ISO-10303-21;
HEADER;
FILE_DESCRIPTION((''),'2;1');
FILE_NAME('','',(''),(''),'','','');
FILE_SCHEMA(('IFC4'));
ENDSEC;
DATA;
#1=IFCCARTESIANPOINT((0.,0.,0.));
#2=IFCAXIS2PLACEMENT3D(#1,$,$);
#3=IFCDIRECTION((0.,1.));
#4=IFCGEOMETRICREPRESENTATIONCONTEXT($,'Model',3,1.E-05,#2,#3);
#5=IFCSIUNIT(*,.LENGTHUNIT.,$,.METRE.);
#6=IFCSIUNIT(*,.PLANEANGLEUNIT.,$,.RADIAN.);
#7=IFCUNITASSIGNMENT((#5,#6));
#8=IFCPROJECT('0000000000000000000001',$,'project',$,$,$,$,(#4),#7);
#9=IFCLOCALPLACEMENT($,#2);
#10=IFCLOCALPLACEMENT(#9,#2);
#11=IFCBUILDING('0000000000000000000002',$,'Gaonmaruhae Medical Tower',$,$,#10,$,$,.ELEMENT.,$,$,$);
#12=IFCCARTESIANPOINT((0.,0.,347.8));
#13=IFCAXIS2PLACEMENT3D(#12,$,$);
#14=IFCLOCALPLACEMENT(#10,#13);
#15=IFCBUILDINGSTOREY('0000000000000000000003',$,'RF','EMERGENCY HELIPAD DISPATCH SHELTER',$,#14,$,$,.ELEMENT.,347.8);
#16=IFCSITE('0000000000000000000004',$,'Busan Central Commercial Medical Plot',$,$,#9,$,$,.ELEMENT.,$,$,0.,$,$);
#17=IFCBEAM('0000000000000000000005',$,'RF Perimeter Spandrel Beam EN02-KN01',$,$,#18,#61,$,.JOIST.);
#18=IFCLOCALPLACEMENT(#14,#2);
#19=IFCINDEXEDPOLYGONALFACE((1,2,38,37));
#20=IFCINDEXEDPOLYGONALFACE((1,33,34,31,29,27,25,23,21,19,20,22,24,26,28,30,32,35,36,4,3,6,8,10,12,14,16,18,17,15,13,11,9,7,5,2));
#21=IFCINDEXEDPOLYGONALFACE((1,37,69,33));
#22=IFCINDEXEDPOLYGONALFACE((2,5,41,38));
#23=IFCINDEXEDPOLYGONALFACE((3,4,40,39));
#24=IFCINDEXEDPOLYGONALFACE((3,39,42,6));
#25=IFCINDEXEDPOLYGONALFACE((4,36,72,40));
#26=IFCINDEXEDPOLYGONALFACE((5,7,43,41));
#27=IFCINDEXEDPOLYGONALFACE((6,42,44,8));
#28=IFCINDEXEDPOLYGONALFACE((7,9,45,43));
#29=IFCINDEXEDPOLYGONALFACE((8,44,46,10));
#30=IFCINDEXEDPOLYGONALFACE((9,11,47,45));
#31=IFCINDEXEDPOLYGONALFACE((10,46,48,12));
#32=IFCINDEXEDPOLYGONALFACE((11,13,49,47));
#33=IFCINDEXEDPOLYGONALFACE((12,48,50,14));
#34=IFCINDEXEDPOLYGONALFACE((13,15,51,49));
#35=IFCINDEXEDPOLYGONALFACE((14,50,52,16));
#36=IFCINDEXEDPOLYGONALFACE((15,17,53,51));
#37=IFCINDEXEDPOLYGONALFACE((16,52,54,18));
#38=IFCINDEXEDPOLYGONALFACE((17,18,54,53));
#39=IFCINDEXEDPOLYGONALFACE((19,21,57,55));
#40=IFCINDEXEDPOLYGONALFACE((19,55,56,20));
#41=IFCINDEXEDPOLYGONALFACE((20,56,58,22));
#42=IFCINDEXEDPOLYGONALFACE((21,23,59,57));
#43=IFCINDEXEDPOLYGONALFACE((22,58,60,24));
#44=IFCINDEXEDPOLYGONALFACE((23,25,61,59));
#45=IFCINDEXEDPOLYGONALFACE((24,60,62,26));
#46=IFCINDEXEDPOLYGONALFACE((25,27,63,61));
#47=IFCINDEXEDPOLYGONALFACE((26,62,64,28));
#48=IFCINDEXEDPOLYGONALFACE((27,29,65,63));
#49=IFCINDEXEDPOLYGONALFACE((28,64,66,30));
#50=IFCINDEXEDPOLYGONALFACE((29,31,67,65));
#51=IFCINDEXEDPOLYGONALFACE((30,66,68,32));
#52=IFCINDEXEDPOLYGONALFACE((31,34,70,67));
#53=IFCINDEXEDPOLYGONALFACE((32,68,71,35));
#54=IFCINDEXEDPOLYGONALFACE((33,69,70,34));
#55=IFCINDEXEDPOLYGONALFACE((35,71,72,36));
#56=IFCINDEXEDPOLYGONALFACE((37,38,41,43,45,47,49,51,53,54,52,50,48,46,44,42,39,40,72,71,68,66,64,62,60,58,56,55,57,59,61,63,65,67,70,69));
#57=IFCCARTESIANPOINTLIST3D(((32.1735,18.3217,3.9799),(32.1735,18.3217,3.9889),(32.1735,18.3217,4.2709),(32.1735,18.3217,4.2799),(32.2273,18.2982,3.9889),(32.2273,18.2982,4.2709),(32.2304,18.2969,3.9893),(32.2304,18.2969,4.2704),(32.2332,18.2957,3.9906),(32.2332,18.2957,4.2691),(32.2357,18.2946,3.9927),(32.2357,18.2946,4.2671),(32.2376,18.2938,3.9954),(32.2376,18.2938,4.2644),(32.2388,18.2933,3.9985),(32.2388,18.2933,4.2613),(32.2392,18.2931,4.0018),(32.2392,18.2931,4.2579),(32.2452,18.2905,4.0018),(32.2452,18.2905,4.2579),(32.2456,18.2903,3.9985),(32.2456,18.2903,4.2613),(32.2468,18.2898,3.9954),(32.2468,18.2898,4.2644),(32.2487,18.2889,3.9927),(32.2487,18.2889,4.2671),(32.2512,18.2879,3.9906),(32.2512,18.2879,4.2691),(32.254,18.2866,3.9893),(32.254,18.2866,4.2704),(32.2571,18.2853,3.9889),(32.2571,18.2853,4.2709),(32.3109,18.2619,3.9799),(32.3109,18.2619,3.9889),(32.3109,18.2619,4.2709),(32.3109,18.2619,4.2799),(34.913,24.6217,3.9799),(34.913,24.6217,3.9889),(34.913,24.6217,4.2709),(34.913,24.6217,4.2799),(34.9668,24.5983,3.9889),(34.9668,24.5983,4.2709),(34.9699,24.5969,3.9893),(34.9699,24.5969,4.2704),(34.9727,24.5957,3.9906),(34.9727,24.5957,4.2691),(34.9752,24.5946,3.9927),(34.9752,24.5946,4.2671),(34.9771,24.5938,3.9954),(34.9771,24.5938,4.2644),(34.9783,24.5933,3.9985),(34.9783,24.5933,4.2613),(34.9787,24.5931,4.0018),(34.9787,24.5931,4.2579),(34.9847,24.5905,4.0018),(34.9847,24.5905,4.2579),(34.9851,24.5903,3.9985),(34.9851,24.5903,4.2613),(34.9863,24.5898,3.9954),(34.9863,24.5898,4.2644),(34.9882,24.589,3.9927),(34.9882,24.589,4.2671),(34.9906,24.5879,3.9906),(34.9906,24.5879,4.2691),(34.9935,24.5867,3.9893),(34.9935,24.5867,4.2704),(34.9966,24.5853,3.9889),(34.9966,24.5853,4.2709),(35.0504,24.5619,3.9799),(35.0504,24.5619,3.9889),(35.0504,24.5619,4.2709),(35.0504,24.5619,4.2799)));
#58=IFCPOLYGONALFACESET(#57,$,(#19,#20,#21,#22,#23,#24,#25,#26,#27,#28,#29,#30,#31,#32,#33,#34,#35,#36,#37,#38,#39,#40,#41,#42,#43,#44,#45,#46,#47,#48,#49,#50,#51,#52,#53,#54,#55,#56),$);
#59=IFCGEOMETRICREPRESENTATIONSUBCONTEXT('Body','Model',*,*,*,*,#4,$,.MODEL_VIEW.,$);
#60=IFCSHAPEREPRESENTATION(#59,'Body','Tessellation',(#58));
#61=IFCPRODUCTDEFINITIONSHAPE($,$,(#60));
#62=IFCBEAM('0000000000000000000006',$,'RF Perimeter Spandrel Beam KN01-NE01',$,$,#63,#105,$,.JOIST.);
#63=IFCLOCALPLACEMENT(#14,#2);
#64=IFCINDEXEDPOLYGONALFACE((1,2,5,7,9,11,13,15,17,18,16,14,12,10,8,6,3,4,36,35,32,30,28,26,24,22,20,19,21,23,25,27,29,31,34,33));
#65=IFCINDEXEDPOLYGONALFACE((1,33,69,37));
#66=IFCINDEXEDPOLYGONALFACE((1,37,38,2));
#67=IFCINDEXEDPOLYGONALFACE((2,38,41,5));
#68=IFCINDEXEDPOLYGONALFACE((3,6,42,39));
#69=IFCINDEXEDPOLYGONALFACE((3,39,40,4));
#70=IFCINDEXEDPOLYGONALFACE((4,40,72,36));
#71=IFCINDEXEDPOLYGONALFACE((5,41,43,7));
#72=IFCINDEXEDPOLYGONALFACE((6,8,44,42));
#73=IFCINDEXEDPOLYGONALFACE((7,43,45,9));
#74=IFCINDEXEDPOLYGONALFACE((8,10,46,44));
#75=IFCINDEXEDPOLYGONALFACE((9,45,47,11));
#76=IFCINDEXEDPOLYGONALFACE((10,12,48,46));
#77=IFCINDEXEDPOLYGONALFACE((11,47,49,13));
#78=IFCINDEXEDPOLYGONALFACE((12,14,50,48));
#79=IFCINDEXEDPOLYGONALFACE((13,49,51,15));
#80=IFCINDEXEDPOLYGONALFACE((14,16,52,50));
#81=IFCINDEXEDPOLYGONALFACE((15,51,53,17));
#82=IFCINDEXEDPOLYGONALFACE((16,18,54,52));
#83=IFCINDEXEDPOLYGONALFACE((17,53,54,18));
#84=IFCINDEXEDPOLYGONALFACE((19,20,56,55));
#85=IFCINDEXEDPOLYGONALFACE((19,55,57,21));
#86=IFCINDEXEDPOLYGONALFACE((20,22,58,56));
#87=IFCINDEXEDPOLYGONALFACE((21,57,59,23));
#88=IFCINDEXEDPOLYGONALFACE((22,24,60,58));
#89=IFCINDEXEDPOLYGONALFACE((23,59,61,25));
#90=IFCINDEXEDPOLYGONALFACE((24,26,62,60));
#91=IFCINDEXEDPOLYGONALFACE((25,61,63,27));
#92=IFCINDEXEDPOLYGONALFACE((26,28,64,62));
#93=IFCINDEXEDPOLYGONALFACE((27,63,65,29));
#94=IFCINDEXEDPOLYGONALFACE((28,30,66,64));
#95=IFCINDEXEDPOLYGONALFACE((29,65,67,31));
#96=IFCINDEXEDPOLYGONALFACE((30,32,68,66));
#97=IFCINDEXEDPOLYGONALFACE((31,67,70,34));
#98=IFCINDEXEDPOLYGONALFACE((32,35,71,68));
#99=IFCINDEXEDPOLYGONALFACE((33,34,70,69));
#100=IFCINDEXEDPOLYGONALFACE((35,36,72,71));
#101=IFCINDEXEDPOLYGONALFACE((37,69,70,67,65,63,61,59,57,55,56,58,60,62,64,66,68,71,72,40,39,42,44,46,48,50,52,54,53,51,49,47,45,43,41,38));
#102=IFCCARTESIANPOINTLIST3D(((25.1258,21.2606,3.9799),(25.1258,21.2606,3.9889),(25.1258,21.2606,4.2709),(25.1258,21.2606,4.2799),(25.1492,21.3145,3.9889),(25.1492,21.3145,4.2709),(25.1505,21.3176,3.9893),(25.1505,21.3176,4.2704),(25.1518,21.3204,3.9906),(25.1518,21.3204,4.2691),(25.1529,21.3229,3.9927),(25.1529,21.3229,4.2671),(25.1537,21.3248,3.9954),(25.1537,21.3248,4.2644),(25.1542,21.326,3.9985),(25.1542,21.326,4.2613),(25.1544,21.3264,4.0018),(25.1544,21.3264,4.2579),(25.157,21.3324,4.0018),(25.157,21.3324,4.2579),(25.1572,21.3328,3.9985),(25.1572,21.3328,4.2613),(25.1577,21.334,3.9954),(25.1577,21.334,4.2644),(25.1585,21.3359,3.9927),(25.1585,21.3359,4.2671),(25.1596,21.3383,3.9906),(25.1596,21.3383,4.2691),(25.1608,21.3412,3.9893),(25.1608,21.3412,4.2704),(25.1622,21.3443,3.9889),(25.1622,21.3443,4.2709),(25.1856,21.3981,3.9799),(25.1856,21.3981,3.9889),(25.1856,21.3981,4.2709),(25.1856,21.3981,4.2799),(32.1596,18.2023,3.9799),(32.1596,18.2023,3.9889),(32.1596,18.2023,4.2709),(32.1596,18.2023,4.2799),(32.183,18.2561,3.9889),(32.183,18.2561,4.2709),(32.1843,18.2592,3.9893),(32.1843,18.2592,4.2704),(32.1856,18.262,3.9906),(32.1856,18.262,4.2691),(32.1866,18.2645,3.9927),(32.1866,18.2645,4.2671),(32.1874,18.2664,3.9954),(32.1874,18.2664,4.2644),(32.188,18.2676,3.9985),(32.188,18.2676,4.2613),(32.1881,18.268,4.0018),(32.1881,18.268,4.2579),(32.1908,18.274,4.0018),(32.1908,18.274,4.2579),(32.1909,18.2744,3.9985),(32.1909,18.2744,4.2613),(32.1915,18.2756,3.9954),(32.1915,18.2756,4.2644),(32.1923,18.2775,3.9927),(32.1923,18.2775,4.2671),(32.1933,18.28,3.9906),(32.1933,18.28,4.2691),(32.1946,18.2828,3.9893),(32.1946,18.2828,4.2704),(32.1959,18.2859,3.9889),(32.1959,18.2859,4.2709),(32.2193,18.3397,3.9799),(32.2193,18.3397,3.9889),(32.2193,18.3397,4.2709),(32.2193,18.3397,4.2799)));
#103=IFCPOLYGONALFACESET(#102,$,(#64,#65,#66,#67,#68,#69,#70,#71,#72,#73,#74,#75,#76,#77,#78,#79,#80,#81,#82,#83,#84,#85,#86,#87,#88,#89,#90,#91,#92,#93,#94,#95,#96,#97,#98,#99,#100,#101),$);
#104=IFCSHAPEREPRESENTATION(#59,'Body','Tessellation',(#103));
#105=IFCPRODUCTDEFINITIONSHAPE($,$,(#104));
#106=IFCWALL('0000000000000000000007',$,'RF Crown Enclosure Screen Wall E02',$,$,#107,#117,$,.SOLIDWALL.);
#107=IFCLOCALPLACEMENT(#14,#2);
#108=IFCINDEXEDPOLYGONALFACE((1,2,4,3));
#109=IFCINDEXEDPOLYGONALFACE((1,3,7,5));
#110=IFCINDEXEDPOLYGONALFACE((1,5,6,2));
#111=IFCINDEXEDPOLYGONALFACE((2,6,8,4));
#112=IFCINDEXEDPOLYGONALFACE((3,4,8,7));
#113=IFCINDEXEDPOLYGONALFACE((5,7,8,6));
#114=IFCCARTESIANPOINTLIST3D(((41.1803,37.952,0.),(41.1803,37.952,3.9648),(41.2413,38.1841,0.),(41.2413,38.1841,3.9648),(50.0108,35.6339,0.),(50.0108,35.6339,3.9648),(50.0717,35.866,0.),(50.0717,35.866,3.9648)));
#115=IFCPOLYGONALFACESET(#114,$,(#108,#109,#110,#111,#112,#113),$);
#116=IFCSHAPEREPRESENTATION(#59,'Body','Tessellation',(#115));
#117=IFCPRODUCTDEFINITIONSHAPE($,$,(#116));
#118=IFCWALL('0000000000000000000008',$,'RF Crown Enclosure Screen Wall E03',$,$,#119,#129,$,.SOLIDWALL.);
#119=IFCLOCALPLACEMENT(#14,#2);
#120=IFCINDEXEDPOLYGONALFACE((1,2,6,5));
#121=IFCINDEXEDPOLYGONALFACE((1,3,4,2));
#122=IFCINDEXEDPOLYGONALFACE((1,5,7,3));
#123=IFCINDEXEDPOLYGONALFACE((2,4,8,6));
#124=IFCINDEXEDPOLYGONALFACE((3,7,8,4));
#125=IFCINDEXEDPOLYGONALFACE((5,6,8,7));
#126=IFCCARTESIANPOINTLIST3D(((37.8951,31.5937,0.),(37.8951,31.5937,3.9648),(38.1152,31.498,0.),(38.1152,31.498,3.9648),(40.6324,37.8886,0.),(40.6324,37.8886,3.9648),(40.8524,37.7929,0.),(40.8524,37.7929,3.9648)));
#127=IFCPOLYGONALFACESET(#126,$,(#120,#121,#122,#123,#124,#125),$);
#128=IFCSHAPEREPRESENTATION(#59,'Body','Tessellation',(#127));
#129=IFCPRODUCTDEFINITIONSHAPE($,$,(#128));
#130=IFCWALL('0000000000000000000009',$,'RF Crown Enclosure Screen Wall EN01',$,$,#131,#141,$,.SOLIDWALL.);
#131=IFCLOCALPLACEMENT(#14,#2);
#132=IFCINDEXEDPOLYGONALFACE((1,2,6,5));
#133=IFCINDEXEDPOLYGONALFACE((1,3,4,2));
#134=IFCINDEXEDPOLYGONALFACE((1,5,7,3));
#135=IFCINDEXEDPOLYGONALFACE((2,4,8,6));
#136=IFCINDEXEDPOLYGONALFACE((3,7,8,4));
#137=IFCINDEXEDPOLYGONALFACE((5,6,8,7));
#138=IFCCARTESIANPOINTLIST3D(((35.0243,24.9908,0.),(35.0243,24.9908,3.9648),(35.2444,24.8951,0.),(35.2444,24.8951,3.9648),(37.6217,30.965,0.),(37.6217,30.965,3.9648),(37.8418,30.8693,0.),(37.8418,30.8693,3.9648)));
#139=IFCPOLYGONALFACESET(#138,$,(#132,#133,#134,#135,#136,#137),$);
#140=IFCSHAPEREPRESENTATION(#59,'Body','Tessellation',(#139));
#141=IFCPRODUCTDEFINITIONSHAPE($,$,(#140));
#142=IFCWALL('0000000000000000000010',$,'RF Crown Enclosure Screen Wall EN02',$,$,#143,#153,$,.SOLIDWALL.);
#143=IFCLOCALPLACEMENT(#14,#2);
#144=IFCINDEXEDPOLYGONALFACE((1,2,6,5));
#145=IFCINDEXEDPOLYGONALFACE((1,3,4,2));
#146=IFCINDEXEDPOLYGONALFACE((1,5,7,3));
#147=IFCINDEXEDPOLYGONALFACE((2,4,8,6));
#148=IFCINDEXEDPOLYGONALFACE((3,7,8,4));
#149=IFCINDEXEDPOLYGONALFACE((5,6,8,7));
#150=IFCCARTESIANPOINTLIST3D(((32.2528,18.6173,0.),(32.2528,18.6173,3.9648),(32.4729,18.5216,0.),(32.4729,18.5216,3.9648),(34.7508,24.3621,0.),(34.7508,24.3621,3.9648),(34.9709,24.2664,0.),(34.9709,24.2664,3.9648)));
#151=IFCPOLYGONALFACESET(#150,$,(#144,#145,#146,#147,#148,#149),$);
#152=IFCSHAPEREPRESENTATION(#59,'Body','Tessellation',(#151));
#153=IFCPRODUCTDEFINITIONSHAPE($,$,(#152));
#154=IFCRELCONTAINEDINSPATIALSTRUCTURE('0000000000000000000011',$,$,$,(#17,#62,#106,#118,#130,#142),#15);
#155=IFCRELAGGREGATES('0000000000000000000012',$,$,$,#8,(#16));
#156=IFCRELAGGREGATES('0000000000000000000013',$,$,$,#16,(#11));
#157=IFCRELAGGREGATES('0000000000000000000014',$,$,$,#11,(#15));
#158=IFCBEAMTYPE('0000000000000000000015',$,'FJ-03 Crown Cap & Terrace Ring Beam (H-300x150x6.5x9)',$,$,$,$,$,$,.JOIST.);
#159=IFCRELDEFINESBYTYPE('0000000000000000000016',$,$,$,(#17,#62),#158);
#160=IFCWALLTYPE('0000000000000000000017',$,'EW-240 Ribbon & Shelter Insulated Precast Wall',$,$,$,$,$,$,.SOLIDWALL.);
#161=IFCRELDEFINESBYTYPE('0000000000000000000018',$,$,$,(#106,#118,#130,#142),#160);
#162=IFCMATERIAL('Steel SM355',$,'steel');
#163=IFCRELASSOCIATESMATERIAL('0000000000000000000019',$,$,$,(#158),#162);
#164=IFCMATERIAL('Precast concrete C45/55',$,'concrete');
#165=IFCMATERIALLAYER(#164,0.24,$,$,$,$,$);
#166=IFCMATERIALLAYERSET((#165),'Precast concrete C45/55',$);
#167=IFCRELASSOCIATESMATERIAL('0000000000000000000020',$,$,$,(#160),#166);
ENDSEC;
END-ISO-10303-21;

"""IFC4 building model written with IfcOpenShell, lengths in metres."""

from ifc_helpers import new_model, si_unit, direction, frame, frame_2d, origin, origin_2d, place, context, subcontext, project, spatial, rectangle, i_section, extrude, material, layer, layer_set, material_profile, profile_set, type_object, element, save


model = new_model("IFC4")

# Units and contexts
model_context = context("Model", 3, precision=1e-05, world=origin(), true_north=direction((0.0, 1.0)))
body_context = subcontext(model_context, "Body", "Model", "MODEL_VIEW")
ifc_project = project(units=[si_unit("LENGTHUNIT", "METRE"), si_unit("PLANEANGLEUNIT", "RADIAN")], contexts=[model_context])

# Site, building, storey
site_placement = place(None, origin())
site = spatial("IfcSite", under=ifc_project, at=site_placement, Name="Busan Central Commercial Medical Plot", CompositionType="ELEMENT", RefElevation=0.0)
building_placement = place(site_placement, origin())
building = spatial("IfcBuilding", under=site, at=building_placement, Name="Gaonmaruhae Medical Tower", CompositionType="ELEMENT")
storey_placement = place(building_placement, frame((0.0, 0.0, 347.8)))
storey = spatial("IfcBuildingStorey", under=building, at=storey_placement, Name="RF", Description="EMERGENCY HELIPAD DISPATCH SHELTER", CompositionType="ELEMENT", Elevation=347.8)

# Beams
ifc_material_1 = material(Name="Steel SM355", Category="steel")
ifc_material_profile_1 = material_profile(ifc_material_1, i_section(OverallWidth=0.1499, OverallDepth=0.3, WebThickness=0.0066, FlangeThickness=0.009, FilletRadius=0.0129, at=origin_2d()), Name="H-300x150x6.5x9")
ifc_profile_set_1 = profile_set([ifc_material_profile_1], Name="Steel SM355")
beam_type_1 = type_object("IfcBeamType", Name="FJ-03 Crown Cap & Terrace Ring Beam (H-300x150x6.5x9)", PredefinedType="JOIST", material=ifc_profile_set_1)
beam_1_placement = place(storey_placement, frame((34.9817, 24.5918, 4.1299), z_axis=(-0.398769, -0.917051, 0.0), x_axis=(0.917051, -0.398769, 0.0)))
element("IfcBeam", 1, at=beam_1_placement, inside=storey, type_object=beam_type_1, Name="RF Perimeter Spandrel Beam EN02-KN01", PredefinedType="JOIST", context=body_context, shape_type="SweptSolid", body=[
    extrude(i_section(OverallWidth=0.1499, OverallDepth=0.3, WebThickness=0.0066, FlangeThickness=0.009, FilletRadius=0.0129, at=origin_2d()), origin(), (0.0, 0.0, 1.0), 6.8699),
])
beam_2_placement = place(storey_placement, frame((32.1895, 18.271, 4.1299), z_axis=(-0.917059, 0.398751, 0.0), x_axis=(-0.398751, -0.917059, 0.0)))
element("IfcBeam", 2, at=beam_2_placement, inside=storey, type_object=beam_type_1, Name="RF Perimeter Spandrel Beam KN01-NE01", PredefinedType="JOIST", context=body_context, shape_type="SweptSolid", body=[
    extrude(i_section(OverallWidth=0.1499, OverallDepth=0.3, WebThickness=0.0066, FlangeThickness=0.009, FilletRadius=0.0129, at=origin_2d()), origin(), (0.0, 0.0, 1.0), 7.6699),
])

# Walls
ifc_material_2 = material(Name="Precast concrete C45/55", Category="concrete")
ifc_layer_1 = layer(ifc_material_2, 0.24)
ifc_layer_set_1 = layer_set([ifc_layer_1], Name="Precast concrete C45/55")
wall_type = type_object("IfcWallType", Name="EW-240 Ribbon & Shelter Insulated Precast Wall", PredefinedType="SOLIDWALL", material=ifc_layer_set_1)
wall_1_placement = place(storey_placement, frame((41.2107, 38.0681, 0.0), z_axis=(0.0, 0.0, 1.0), x_axis=(0.967227, -0.253914, 0.0)))
element("IfcWall", 3, at=wall_1_placement, inside=storey, type_object=wall_type, Name="RF Crown Enclosure Screen Wall E02", PredefinedType="SOLIDWALL", context=body_context, shape_type="SweptSolid", body=[
    extrude(rectangle(XDim=9.1296, YDim=0.24, at=frame_2d((4.5649, 0.0))), origin(), (0.0, 0.0, 1.0), 3.9648),
])
wall_2_placement = place(storey_placement, frame((38.0051, 31.5459, 0.0), z_axis=(0.0, 0.0, 1.0), x_axis=(0.398773, 0.91705, 0.0)))
element("IfcWall", 4, at=wall_2_placement, inside=storey, type_object=wall_type, Name="RF Crown Enclosure Screen Wall E03", PredefinedType="SOLIDWALL", context=body_context, shape_type="SweptSolid", body=[
    extrude(rectangle(XDim=6.8643, YDim=0.24, at=frame_2d((3.4321, 0.0))), origin(), (0.0, 0.0, 1.0), 3.9648),
])
wall_3_placement = place(storey_placement, frame((35.1343, 24.9429, 0.0), z_axis=(0.0, 0.0, 1.0), x_axis=(0.398722, 0.917072, 0.0)))
element("IfcWall", 5, at=wall_3_placement, inside=storey, type_object=wall_type, Name="RF Crown Enclosure Screen Wall EN01", PredefinedType="SOLIDWALL", context=body_context, shape_type="SweptSolid", body=[
    extrude(rectangle(XDim=6.5144, YDim=0.24, at=frame_2d((3.2573, 0.0))), origin(), (0.0, 0.0, 1.0), 3.9648),
])
wall_4_placement = place(storey_placement, frame((32.3628, 18.5693, 0.0), z_axis=(0.0, 0.0, 1.0), x_axis=(0.398763, 0.917054, 0.0)))
element("IfcWall", 6, at=wall_4_placement, inside=storey, type_object=wall_type, Name="RF Crown Enclosure Screen Wall EN02", PredefinedType="SOLIDWALL", context=body_context, shape_type="SweptSolid", body=[
    extrude(rectangle(XDim=6.2644, YDim=0.24, at=frame_2d((3.1323, 0.0))), origin(), (0.0, 0.0, 1.0), 3.9648),
])

save(model, "model.ifc")
